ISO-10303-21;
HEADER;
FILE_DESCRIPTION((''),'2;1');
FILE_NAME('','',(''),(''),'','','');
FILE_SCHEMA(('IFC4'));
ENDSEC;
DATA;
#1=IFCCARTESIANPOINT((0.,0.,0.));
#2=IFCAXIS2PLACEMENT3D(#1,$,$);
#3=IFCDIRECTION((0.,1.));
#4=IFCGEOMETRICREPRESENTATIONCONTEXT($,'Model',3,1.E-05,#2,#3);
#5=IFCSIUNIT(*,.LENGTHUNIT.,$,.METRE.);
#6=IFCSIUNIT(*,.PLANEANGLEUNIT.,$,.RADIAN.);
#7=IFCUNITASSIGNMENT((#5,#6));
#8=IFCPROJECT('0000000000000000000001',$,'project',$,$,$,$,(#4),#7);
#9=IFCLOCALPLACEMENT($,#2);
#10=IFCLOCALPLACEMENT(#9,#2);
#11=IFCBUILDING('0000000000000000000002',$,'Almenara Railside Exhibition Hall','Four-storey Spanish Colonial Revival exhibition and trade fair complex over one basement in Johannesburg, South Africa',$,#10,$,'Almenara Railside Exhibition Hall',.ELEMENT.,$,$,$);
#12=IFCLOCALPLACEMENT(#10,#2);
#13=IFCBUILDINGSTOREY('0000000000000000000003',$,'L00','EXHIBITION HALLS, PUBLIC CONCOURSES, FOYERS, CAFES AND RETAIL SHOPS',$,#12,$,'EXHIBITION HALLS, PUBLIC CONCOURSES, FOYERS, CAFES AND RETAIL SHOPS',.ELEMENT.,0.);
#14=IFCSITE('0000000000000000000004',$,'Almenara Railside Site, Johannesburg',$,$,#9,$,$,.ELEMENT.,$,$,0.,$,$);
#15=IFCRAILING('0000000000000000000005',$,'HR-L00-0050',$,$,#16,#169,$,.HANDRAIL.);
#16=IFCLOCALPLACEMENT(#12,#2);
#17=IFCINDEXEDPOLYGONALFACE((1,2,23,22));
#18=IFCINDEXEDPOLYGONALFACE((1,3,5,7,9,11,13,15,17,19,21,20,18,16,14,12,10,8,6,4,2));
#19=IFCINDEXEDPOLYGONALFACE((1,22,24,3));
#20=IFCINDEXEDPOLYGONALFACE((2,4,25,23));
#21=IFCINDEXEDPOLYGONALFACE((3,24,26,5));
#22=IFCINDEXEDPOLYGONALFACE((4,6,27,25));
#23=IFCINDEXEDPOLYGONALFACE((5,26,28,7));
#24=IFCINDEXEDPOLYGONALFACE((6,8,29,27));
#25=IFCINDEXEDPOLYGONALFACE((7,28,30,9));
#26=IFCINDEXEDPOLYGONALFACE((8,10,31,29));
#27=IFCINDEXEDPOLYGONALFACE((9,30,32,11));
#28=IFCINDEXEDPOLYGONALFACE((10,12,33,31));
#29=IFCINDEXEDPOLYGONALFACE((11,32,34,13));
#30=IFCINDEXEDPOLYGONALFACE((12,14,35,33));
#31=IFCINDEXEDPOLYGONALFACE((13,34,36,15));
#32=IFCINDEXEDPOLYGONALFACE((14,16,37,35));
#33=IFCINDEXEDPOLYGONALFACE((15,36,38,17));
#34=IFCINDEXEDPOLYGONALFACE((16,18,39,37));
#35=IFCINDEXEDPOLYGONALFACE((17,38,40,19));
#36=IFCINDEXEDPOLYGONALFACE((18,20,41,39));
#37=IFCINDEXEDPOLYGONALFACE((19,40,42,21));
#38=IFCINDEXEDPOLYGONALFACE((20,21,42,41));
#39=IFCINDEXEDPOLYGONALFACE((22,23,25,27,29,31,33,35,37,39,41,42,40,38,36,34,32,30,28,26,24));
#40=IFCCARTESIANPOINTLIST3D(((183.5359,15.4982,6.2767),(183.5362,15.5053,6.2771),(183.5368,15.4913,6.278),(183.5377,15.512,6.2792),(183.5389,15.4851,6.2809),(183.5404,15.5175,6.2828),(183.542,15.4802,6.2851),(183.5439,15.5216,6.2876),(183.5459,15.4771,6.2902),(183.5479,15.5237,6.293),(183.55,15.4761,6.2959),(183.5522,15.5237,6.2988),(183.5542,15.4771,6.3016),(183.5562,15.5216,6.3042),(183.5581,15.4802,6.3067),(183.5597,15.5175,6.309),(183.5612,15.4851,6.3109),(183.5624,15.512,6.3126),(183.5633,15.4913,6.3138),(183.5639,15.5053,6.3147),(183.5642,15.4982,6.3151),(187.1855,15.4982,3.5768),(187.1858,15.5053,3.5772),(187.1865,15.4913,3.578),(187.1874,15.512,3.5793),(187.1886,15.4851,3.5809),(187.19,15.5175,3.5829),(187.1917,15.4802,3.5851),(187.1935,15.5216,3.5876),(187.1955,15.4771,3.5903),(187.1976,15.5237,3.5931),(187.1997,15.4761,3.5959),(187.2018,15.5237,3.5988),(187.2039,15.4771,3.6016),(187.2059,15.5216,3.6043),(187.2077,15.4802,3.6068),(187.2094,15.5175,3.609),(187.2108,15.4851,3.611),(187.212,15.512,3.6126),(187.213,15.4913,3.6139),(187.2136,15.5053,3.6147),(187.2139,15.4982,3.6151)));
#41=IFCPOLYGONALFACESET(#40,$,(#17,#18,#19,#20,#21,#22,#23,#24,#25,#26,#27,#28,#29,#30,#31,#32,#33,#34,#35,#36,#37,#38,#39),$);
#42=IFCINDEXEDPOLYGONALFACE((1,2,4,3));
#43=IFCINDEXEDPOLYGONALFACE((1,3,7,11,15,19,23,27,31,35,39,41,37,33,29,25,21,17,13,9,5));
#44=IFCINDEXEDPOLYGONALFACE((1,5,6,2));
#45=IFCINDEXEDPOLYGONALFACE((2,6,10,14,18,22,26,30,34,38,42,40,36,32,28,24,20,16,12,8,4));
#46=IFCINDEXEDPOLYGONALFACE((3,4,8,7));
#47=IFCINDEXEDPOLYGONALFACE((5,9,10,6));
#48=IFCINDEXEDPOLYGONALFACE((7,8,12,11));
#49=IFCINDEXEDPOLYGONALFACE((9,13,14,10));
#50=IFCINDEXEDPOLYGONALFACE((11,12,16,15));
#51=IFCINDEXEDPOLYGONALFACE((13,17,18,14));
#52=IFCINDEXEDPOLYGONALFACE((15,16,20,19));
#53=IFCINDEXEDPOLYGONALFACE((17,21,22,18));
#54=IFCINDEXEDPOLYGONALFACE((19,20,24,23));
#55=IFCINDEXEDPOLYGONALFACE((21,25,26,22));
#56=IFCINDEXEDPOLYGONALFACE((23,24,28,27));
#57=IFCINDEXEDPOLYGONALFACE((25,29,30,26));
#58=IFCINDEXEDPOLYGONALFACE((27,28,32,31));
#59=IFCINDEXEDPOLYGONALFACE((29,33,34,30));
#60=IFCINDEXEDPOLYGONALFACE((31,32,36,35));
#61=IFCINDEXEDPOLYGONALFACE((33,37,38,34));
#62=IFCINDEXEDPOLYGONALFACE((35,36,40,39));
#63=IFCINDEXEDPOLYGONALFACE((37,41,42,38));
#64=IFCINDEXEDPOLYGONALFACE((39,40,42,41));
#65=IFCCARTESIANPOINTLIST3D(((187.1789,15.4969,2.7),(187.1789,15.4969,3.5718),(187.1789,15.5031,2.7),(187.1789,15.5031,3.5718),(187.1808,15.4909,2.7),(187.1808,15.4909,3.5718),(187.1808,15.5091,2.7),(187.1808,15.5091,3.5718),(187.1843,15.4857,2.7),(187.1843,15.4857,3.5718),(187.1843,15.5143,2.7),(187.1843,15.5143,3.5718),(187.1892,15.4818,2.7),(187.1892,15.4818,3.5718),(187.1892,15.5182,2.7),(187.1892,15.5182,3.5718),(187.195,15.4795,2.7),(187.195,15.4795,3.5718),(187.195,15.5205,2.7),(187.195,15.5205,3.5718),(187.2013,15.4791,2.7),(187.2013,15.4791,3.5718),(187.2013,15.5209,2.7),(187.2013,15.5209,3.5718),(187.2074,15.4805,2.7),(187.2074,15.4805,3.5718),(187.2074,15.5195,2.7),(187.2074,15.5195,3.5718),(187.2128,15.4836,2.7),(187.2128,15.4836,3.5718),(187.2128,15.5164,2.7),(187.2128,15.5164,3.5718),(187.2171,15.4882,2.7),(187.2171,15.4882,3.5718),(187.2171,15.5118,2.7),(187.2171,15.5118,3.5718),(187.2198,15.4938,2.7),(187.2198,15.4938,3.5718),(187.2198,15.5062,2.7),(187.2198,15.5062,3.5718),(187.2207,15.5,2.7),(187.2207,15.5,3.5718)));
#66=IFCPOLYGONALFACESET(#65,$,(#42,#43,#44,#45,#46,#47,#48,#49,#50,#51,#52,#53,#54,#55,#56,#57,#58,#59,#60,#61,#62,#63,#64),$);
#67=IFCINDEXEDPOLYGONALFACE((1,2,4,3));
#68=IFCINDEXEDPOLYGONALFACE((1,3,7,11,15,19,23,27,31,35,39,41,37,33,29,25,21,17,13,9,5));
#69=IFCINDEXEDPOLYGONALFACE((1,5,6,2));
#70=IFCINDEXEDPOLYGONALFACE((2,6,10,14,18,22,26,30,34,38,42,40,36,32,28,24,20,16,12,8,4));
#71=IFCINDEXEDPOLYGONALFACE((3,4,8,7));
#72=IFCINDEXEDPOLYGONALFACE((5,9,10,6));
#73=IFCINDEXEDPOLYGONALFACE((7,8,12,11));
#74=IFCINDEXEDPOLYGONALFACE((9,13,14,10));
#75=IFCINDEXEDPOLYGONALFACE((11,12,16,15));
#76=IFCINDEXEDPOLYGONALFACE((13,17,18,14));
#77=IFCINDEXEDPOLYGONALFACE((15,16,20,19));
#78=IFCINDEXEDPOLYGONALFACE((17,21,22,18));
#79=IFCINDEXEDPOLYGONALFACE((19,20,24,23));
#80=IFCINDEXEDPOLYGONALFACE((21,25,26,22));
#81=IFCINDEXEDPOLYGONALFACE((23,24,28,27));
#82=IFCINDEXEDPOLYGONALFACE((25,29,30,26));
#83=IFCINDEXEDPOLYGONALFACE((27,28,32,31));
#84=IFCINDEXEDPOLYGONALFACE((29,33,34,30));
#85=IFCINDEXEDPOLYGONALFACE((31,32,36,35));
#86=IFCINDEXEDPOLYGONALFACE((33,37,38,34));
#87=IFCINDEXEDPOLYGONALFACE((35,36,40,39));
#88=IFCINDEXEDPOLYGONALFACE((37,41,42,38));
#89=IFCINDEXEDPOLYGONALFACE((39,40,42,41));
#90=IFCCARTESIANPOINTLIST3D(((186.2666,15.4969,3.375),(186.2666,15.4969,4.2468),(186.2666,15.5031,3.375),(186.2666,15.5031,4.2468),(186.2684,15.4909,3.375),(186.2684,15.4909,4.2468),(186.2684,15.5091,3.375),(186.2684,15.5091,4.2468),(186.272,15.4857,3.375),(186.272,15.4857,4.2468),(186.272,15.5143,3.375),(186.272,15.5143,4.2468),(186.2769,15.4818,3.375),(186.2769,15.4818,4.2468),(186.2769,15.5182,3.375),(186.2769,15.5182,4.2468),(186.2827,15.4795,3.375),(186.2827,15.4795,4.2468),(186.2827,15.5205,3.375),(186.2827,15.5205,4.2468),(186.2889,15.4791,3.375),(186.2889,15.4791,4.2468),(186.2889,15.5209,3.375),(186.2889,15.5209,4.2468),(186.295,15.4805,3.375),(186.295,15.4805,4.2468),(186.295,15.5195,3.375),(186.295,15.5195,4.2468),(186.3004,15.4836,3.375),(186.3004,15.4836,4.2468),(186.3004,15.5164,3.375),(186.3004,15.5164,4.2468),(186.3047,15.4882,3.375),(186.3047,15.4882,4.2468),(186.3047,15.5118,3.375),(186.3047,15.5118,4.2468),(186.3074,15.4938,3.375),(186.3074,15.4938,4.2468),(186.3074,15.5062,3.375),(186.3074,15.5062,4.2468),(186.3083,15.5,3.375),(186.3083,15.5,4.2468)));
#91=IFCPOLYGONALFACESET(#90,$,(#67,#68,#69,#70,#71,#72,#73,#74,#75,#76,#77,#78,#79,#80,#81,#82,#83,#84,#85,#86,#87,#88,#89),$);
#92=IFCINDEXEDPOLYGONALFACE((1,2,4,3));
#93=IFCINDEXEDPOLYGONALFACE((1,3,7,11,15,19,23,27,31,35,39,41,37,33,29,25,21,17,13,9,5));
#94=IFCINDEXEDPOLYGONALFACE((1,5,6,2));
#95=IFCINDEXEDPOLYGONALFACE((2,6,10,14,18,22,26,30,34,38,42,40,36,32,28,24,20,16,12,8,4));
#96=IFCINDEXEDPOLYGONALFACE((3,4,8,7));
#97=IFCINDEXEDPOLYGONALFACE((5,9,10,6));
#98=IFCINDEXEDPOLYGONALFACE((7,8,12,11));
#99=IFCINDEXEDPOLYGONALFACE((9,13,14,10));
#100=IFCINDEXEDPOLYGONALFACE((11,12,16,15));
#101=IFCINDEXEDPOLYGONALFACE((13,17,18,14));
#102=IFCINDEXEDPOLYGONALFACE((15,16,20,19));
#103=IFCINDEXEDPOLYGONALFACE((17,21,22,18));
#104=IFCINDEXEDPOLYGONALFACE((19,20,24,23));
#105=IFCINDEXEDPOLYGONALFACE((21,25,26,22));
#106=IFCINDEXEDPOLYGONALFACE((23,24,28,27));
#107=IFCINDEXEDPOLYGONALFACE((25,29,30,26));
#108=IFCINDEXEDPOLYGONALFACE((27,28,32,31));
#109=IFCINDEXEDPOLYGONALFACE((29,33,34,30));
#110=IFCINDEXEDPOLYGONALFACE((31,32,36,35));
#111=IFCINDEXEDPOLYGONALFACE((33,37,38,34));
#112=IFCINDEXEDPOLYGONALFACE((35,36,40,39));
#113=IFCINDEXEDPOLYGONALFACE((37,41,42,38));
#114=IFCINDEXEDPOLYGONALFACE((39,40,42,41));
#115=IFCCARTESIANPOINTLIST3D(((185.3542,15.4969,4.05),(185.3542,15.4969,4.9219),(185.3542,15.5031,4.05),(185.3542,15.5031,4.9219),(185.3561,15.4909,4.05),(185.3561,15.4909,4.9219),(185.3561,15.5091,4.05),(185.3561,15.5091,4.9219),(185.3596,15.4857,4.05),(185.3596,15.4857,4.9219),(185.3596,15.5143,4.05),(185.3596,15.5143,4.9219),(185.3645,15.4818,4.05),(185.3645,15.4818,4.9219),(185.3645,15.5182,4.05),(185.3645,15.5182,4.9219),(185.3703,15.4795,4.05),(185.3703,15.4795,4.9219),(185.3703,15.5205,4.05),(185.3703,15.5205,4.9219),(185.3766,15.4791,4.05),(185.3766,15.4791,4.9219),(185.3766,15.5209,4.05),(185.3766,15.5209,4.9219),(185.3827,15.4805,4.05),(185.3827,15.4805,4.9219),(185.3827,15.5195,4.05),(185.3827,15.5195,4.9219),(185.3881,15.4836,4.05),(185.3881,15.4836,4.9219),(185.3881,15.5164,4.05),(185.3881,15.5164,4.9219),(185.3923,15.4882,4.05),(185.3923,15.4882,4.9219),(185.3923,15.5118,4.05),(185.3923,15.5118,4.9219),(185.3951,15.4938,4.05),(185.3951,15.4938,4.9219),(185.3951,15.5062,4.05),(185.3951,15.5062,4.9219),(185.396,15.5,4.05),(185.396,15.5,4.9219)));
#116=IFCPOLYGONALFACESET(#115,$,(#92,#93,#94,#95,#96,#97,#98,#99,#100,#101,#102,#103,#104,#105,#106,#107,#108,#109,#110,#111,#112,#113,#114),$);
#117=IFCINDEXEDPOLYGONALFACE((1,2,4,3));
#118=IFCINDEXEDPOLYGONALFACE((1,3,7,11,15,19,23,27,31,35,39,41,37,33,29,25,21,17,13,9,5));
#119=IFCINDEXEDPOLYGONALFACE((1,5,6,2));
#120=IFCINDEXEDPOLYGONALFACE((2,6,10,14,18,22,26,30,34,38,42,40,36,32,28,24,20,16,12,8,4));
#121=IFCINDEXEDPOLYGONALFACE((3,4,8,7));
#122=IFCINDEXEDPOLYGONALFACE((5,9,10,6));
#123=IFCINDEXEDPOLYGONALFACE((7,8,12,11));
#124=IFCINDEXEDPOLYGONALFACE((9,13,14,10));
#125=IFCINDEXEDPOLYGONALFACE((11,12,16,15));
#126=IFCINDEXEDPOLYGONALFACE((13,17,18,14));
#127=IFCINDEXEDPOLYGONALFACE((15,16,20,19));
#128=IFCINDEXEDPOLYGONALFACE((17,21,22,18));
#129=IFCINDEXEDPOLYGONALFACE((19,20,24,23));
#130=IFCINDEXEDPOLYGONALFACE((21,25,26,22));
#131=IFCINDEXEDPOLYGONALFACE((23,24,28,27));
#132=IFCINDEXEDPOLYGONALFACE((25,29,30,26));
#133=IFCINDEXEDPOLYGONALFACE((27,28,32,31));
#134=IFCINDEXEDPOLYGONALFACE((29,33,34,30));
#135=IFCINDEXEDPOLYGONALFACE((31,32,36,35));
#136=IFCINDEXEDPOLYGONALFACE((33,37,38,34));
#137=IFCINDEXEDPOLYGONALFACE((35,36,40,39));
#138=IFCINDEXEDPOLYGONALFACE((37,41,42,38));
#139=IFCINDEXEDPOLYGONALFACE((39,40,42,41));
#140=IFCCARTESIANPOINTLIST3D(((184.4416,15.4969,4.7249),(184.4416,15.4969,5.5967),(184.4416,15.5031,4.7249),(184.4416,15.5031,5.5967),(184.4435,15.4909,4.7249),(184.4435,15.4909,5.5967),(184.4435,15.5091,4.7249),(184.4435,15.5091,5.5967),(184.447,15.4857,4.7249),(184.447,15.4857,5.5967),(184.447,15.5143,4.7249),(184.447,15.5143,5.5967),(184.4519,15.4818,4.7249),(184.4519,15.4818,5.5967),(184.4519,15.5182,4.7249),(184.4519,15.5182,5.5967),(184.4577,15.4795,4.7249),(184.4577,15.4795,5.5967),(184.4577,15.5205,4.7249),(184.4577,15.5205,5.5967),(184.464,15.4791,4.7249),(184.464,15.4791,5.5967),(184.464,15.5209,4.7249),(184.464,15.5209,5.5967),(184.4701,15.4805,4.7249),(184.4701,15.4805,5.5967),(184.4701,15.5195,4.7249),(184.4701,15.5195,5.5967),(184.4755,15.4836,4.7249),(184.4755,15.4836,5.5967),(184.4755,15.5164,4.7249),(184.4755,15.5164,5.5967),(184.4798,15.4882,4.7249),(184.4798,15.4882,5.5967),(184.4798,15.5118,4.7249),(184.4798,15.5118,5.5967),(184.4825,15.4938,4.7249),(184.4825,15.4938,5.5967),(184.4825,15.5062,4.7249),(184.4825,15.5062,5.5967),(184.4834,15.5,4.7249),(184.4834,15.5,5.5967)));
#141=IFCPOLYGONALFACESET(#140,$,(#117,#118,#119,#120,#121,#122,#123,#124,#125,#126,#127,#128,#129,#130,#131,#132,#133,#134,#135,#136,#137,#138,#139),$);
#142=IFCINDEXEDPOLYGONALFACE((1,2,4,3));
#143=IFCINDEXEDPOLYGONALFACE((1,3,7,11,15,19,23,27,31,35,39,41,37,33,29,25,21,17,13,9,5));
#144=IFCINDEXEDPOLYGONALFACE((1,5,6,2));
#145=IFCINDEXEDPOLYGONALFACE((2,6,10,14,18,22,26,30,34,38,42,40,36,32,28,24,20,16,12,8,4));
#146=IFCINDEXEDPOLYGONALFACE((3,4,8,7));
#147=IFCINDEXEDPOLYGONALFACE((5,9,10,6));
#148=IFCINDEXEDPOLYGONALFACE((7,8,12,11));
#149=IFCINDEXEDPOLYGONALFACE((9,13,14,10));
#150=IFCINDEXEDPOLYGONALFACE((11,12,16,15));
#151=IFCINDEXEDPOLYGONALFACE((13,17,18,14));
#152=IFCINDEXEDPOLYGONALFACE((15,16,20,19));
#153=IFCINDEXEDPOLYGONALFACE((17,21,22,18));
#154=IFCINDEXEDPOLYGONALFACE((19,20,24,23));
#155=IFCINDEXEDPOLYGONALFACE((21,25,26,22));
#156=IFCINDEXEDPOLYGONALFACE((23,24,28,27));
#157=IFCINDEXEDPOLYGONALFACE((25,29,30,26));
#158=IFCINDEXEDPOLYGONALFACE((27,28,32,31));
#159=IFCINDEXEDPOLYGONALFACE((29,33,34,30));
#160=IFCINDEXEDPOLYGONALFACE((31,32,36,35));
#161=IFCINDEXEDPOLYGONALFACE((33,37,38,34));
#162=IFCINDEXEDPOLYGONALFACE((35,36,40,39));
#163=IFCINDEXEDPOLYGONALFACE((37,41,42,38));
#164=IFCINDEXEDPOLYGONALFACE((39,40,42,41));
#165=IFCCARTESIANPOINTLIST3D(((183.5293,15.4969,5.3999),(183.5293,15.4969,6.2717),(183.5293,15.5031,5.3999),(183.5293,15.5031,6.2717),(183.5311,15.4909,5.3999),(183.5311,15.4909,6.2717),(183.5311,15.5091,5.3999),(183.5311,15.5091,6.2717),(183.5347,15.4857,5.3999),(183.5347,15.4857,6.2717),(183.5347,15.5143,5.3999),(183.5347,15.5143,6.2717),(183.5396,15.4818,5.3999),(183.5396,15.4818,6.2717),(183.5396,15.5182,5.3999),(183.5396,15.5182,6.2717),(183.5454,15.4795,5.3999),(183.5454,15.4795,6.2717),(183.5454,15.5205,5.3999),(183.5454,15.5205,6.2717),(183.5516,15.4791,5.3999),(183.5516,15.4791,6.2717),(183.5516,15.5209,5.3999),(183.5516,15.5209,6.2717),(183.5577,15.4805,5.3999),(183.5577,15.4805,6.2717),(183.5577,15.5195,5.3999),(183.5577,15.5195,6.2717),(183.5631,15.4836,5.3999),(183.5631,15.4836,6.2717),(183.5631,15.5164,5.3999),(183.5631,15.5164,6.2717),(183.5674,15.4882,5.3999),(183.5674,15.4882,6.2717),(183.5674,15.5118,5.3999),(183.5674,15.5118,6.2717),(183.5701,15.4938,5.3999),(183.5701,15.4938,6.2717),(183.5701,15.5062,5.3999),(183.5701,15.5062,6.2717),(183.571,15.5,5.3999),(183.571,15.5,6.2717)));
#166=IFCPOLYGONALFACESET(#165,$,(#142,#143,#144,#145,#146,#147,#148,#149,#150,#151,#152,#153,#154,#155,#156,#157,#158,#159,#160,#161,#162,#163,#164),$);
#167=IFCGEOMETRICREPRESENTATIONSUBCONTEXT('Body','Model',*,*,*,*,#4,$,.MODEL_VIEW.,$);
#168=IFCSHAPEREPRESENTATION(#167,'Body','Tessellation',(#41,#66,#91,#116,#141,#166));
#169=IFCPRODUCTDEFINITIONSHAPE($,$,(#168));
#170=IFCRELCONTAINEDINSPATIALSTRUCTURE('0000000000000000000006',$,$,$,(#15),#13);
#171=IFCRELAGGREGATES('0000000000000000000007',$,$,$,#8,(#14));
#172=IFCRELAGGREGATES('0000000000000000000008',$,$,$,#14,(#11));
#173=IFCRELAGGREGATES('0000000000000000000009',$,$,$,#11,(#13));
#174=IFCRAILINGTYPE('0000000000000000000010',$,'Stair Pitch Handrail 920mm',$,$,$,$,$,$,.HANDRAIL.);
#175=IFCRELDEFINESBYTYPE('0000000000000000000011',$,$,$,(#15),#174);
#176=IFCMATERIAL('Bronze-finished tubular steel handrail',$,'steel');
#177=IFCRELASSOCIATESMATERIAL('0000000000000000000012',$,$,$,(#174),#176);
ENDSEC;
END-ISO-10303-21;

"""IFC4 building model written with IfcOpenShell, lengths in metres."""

from ifc_helpers import new_model, si_unit, direction, frame, origin, origin_2d, place, context, subcontext, project, spatial, circle, extrude, material, type_object, element, save


model = new_model("IFC4")

# Units and contexts
model_context = context("Model", 3, precision=1e-05, world=origin(), true_north=direction((0.0, 1.0)))
body_context = subcontext(model_context, "Body", "Model", "MODEL_VIEW")
ifc_project = project(units=[si_unit("LENGTHUNIT", "METRE"), si_unit("PLANEANGLEUNIT", "RADIAN")], contexts=[model_context])

# Site, building, storey
site_placement = place(None, origin())
site = spatial("IfcSite", under=ifc_project, at=site_placement, Name="Almenara Railside Site, Johannesburg", CompositionType="ELEMENT", RefElevation=0.0)
building_placement = place(site_placement, origin())
building = spatial("IfcBuilding", under=site, at=building_placement, Name="Almenara Railside Exhibition Hall", Description="Four-storey Spanish Colonial Revival exhibition and trade fair complex over one basement in Johannesburg, South Africa", LongName="Almenara Railside Exhibition Hall", CompositionType="ELEMENT")
storey_placement = place(building_placement, origin())
storey = spatial("IfcBuildingStorey", under=building, at=storey_placement, Name="L00", Description="EXHIBITION HALLS, PUBLIC CONCOURSES, FOYERS, CAFES AND RETAIL SHOPS", LongName="EXHIBITION HALLS, PUBLIC CONCOURSES, FOYERS, CAFES AND RETAIL SHOPS", CompositionType="ELEMENT", Elevation=0.0)

# Railing
ifc_material_1 = material(Name="Bronze-finished tubular steel handrail", Category="steel")
railing_type_1 = type_object("IfcRailingType", Name="Stair Pitch Handrail 920mm", PredefinedType="HANDRAIL", material=ifc_material_1)
railing_1_placement = place(storey_placement, frame((187.1997, 15.5, 2.7)))
element("IfcRailing", 1, at=railing_1_placement, inside=storey, type_object=railing_type_1, Name="HR-L00-0050", PredefinedType="HANDRAIL", context=body_context, shape_type="SweptSolid", body=[
    extrude(circle(Radius=0.0239, at=origin_2d()), frame((0.0, 0.0, 0.896), z_axis=(-0.803926, 0.0, 0.59473), x_axis=(0.0, -1.0, 0.0)), (0.0, 0.0, 1.0), 4.5398),
    extrude(circle(Radius=0.021, at=origin_2d()), origin(), (0.0, 0.0, 1.0), 0.8718),
    extrude(circle(Radius=0.021, at=origin_2d()), frame((-0.9124, 0.0, 0.675)), (0.0, 0.0, 1.0), 0.8718),
    extrude(circle(Radius=0.021, at=origin_2d()), frame((-1.8247, 0.0, 1.3501)), (0.0, 0.0, 1.0), 0.8718),
    extrude(circle(Radius=0.021, at=origin_2d()), frame((-2.7373, 0.0, 2.0249)), (0.0, 0.0, 1.0), 0.8718),
    extrude(circle(Radius=0.021, at=origin_2d()), frame((-3.6497, 0.0, 2.7)), (0.0, 0.0, 1.0), 0.8718),
])

save(model, "model.ifc")
